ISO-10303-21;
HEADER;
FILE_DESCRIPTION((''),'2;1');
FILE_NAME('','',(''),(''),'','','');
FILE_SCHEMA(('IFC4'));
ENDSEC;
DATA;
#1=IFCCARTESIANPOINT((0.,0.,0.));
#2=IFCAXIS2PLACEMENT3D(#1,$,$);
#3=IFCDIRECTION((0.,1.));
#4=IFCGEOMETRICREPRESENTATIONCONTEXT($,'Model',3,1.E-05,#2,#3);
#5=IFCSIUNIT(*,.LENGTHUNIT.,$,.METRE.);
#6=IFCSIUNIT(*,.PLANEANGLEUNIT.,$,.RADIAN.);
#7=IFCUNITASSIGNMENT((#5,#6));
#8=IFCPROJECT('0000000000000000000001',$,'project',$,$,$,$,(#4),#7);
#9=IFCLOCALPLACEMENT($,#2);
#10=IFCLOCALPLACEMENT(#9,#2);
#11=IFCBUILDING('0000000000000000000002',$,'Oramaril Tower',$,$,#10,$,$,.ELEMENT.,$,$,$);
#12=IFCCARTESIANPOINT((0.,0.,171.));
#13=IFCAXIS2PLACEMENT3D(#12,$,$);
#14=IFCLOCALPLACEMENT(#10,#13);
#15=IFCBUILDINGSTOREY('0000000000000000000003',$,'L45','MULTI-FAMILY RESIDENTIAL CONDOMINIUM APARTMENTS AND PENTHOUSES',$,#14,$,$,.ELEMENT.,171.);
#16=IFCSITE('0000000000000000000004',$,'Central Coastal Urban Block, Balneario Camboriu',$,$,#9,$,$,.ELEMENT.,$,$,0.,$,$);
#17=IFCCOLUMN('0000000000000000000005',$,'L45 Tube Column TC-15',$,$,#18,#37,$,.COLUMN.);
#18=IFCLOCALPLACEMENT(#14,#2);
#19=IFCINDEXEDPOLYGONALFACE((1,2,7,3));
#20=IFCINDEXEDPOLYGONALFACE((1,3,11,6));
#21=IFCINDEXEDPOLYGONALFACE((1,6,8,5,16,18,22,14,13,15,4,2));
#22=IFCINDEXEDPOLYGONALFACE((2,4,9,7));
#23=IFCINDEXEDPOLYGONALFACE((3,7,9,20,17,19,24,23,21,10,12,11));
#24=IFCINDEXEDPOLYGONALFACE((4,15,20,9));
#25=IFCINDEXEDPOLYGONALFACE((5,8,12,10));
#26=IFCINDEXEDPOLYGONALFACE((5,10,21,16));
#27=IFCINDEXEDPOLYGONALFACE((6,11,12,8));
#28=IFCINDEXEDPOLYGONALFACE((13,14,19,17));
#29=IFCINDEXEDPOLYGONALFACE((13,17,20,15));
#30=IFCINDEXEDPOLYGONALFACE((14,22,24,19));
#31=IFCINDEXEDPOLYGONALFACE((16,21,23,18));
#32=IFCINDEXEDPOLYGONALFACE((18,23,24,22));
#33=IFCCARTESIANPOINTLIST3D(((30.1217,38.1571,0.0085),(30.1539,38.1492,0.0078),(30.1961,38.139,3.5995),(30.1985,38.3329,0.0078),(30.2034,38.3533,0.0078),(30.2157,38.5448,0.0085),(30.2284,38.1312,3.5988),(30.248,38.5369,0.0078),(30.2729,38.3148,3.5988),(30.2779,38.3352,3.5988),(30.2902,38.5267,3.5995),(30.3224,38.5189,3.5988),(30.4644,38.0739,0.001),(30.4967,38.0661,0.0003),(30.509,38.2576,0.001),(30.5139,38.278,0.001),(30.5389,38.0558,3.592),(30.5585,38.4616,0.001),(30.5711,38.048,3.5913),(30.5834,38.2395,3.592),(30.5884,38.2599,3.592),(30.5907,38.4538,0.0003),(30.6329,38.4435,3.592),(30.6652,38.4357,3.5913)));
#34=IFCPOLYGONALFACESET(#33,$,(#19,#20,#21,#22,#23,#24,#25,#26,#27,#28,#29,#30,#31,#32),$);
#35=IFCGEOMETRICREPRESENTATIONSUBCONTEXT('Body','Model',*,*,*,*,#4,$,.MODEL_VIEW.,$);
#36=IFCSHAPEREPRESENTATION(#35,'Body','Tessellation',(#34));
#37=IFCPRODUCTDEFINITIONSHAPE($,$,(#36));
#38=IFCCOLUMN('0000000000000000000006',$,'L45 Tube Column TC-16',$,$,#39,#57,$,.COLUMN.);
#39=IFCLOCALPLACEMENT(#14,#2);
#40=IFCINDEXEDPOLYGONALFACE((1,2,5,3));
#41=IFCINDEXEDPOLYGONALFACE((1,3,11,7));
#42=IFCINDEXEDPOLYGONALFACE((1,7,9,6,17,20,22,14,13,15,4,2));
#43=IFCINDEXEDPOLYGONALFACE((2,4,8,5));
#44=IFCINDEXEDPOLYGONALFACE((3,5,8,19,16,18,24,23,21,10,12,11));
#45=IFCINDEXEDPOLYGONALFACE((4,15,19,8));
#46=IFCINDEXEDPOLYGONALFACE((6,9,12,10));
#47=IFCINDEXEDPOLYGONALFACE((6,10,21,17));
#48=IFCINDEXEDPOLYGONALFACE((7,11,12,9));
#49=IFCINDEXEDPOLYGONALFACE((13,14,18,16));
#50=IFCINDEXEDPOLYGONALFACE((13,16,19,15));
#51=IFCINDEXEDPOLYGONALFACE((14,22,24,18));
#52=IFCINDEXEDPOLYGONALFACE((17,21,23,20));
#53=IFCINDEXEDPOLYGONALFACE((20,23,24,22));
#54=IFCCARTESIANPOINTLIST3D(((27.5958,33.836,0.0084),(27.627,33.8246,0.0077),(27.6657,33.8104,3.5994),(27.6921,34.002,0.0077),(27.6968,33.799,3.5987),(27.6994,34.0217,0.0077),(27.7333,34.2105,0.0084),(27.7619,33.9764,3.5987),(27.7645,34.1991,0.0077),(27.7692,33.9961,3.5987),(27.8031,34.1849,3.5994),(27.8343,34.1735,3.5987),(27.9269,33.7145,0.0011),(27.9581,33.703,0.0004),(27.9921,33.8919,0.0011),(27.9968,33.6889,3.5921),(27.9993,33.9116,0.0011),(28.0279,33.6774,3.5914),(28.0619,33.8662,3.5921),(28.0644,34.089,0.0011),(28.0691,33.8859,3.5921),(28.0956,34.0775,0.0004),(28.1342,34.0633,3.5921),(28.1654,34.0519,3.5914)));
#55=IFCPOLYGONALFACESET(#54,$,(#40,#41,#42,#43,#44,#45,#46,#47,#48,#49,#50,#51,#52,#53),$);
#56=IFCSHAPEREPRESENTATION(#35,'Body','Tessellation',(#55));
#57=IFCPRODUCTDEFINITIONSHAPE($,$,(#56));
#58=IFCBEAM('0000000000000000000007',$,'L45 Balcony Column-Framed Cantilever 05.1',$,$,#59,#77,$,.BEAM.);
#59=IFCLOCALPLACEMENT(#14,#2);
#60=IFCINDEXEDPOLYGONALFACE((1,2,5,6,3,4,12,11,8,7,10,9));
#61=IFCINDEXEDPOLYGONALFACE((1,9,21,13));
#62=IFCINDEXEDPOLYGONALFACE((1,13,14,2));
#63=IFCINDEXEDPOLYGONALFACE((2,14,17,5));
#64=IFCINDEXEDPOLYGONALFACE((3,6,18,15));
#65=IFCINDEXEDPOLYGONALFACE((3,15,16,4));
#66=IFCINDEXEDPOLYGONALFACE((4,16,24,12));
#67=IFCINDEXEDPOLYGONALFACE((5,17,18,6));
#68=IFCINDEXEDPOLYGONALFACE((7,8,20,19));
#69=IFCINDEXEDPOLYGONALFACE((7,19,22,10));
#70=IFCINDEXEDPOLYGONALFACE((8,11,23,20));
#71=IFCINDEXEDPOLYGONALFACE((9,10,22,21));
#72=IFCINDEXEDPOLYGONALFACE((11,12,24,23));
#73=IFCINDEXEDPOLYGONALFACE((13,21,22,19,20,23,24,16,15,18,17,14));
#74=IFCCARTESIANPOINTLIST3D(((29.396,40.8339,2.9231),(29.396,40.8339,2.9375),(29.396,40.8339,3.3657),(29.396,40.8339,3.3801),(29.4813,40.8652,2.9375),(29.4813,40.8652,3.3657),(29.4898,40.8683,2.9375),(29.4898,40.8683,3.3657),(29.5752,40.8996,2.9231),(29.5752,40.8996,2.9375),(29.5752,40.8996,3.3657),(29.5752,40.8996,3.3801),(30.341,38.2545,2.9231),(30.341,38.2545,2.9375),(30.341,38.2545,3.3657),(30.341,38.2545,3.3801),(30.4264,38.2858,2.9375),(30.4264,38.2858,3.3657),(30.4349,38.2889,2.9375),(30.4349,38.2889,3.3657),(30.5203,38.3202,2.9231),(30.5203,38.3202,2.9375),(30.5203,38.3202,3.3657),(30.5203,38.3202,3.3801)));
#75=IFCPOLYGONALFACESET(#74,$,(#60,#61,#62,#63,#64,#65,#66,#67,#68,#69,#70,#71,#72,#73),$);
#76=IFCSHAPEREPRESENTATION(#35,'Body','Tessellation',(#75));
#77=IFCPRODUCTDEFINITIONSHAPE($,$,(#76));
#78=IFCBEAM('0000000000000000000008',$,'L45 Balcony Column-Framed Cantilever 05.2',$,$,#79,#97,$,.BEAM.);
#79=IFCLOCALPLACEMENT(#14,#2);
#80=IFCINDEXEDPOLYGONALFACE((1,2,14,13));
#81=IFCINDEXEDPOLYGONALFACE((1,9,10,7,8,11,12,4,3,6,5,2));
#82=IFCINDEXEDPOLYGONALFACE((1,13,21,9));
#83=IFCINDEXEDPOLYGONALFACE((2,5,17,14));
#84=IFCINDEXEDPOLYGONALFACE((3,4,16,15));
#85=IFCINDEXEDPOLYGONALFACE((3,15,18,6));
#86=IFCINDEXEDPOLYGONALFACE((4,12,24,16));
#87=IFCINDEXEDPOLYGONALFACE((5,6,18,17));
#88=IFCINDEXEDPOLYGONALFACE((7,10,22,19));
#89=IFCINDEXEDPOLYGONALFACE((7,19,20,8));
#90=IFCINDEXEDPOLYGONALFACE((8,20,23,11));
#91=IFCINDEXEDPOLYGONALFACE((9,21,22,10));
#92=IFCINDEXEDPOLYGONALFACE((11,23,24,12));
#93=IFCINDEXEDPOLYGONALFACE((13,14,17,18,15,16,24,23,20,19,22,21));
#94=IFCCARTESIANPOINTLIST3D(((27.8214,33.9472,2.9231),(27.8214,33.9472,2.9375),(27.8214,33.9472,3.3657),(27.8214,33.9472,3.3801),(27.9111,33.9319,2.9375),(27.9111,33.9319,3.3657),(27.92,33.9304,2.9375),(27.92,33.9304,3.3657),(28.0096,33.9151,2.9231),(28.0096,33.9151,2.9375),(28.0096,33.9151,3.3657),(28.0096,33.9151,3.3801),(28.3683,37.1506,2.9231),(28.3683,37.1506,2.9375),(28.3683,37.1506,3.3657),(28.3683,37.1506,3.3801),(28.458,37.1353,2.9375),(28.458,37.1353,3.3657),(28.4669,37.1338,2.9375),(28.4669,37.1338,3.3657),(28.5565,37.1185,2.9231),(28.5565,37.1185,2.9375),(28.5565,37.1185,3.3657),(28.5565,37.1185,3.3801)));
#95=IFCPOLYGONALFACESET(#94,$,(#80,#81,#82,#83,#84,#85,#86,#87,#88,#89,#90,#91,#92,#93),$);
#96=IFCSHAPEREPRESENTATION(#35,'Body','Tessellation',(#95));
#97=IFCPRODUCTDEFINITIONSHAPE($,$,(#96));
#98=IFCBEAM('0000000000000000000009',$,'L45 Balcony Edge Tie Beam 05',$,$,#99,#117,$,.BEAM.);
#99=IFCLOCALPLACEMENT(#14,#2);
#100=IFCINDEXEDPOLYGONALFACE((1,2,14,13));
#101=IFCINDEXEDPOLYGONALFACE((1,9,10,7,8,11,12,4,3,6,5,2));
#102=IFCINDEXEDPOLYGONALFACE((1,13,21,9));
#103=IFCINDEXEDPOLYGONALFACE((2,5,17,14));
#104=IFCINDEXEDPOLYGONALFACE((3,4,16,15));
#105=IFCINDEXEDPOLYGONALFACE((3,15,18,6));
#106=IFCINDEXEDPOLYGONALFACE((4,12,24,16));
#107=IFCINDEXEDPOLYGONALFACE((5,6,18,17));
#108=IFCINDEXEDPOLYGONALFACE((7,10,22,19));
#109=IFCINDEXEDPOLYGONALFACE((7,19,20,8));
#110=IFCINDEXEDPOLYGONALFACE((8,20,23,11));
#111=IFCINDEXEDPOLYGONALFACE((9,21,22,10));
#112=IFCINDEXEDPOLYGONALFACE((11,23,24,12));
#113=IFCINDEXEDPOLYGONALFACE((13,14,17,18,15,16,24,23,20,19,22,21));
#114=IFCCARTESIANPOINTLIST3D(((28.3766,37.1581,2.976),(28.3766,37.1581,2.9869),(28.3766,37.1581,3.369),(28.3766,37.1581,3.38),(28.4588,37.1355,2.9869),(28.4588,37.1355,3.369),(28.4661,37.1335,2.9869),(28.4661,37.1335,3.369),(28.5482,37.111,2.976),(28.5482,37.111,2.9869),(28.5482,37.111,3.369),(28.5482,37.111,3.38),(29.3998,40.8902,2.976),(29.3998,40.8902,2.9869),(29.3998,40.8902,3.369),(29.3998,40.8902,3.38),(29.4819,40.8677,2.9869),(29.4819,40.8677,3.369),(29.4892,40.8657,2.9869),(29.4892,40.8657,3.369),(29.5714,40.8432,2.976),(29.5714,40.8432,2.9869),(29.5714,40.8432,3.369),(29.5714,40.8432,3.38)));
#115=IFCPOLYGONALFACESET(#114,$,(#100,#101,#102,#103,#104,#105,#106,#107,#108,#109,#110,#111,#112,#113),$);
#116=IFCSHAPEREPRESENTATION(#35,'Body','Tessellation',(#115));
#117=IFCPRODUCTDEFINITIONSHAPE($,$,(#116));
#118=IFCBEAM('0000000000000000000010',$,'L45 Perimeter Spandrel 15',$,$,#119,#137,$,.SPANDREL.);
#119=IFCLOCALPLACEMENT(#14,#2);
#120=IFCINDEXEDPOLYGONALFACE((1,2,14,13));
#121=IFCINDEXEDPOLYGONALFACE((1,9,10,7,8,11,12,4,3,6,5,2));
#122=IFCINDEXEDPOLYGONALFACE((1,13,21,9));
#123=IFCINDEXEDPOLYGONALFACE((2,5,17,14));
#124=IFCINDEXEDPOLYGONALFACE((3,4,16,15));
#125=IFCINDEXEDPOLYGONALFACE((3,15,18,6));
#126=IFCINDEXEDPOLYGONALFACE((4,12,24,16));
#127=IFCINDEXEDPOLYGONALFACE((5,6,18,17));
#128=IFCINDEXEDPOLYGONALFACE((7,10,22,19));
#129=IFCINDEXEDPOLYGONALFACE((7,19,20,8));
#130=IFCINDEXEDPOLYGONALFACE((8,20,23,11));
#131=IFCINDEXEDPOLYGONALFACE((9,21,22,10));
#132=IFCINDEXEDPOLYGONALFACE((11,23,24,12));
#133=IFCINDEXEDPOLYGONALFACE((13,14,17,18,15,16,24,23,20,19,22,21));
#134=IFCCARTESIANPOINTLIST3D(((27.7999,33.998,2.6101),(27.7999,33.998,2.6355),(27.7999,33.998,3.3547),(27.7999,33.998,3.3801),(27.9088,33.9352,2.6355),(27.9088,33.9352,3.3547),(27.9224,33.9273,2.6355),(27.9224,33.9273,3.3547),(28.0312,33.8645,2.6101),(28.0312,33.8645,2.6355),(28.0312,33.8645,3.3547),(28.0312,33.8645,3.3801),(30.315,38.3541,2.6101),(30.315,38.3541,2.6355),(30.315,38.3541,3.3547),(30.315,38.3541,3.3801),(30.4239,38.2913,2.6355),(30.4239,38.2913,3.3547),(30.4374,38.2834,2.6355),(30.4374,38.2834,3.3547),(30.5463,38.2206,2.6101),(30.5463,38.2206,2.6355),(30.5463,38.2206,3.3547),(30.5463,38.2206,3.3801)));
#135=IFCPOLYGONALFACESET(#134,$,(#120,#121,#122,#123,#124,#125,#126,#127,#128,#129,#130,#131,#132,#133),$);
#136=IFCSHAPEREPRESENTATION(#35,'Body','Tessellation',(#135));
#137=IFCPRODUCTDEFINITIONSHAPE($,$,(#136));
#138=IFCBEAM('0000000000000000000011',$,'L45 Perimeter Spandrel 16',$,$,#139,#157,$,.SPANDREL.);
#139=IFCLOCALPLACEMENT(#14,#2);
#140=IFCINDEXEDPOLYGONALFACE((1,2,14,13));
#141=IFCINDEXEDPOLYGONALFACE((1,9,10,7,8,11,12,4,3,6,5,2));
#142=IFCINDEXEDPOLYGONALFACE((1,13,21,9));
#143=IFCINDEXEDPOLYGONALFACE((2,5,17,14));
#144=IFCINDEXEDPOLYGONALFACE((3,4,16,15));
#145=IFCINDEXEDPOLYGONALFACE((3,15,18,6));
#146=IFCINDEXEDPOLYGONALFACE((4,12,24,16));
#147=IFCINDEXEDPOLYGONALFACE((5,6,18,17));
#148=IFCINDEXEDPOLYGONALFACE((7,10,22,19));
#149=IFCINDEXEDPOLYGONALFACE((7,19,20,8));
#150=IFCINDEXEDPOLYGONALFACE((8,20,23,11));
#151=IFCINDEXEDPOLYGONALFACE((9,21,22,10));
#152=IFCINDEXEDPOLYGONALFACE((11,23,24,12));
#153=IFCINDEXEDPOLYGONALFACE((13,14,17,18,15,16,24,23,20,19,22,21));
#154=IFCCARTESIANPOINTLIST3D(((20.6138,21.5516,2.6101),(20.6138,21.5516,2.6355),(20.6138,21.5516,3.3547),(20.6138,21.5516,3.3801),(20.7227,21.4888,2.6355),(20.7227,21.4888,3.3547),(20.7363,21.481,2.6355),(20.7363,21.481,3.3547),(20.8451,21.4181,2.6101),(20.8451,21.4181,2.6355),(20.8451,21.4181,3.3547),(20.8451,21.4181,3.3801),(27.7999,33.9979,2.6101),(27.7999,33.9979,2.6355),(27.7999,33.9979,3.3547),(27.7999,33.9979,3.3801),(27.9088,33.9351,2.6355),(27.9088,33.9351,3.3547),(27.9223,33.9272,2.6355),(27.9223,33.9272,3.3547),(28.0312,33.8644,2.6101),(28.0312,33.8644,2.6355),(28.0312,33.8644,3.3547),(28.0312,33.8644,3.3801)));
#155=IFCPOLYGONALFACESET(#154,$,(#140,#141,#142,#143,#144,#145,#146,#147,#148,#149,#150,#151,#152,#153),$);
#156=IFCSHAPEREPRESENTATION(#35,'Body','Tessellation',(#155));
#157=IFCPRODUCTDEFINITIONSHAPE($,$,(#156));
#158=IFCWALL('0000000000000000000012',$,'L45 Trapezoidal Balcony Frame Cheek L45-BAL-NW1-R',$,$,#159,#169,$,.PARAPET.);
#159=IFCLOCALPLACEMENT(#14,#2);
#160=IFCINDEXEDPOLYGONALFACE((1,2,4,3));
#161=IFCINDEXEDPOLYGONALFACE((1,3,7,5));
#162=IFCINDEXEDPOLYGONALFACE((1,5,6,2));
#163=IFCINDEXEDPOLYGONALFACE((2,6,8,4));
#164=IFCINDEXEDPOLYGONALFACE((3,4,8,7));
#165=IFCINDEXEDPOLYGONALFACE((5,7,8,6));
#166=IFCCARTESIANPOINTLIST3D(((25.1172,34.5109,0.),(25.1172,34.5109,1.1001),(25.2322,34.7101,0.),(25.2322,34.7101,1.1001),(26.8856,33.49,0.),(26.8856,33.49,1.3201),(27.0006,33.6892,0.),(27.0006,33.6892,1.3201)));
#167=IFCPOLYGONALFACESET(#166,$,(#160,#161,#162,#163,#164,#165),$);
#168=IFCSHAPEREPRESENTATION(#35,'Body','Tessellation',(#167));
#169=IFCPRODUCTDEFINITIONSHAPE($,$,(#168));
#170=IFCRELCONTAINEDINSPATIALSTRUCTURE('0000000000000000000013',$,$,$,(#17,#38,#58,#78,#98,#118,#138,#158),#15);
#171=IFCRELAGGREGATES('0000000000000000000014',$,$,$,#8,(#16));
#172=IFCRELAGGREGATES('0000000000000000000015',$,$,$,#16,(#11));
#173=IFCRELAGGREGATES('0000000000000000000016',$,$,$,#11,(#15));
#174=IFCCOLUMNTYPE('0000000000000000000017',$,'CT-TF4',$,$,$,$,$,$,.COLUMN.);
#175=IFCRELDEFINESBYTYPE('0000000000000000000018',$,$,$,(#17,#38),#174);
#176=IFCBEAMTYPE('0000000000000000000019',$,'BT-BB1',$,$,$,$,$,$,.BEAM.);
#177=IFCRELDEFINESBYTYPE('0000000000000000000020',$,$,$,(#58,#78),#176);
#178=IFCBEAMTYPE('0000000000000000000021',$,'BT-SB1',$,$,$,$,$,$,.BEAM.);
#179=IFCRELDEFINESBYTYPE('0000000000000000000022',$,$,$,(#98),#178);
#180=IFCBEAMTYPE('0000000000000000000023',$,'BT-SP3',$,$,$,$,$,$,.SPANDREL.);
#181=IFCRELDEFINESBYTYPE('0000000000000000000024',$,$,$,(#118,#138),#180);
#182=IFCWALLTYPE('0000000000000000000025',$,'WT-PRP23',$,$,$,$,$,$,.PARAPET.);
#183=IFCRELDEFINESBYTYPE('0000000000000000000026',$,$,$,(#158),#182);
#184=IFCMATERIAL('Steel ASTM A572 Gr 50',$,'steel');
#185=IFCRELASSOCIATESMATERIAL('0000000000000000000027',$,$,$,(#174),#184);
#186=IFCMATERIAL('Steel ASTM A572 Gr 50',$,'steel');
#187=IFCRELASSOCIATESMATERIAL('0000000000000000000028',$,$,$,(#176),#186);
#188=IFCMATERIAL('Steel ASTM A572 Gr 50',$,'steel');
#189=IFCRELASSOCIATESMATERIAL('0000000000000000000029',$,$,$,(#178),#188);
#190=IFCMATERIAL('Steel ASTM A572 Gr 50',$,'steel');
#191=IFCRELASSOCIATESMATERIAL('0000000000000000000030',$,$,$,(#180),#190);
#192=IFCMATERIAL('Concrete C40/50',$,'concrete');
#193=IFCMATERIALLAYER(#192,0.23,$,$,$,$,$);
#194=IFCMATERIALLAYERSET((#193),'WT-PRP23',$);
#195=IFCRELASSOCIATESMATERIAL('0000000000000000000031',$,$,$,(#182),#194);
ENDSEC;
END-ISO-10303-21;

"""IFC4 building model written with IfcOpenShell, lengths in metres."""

from ifc_helpers import new_model, si_unit, direction, frame, origin, origin_2d, place, context, subcontext, project, spatial, polyline, i_section, outline, extrude, material, layer, layer_set, material_profile, profile_set, type_object, element, save


model = new_model("IFC4")

# Units and contexts
model_context = context("Model", 3, precision=1e-05, world=origin(), true_north=direction((0.0, 1.0)))
body_context = subcontext(model_context, "Body", "Model", "MODEL_VIEW")
ifc_project = project(units=[si_unit("LENGTHUNIT", "METRE"), si_unit("PLANEANGLEUNIT", "RADIAN")], contexts=[model_context])

# Site, building, storey
site_placement = place(None, origin())
site = spatial("IfcSite", under=ifc_project, at=site_placement, Name="Central Coastal Urban Block, Balneario Camboriu", CompositionType="ELEMENT", RefElevation=0.0)
building_placement = place(site_placement, origin())
building = spatial("IfcBuilding", under=site, at=building_placement, Name="Oramaril Tower", CompositionType="ELEMENT")
storey_placement = place(building_placement, frame((0.0, 0.0, 171.0)))
storey = spatial("IfcBuildingStorey", under=building, at=storey_placement, Name="L45", Description="MULTI-FAMILY RESIDENTIAL CONDOMINIUM APARTMENTS AND PENTHOUSES", CompositionType="ELEMENT", Elevation=171.0)

# Columns
ifc_material_1 = material(Name="Steel ASTM A572 Gr 50", Category="steel")
ifc_material_profile_1 = material_profile(ifc_material_1, i_section(OverallWidth=0.3989, OverallDepth=0.386, WebThickness=0.021, FlangeThickness=0.0332, at=origin_2d()), Name="W14X176")
ifc_profile_set_1 = profile_set([ifc_material_profile_1], Name="Steel ASTM A572 Gr 50")
column_type = type_object("IfcColumnType", Name="CT-TF4", PredefinedType="COLUMN", material=ifc_profile_set_1)
for number, where, z_axis, x_axis, name in (
    (1, (30.3562, 38.3054, 0.0044), (0.020731, -0.00503, 0.999772), (0.235782, 0.971806, 0.0), "L45 Tube Column TC-15"),
    (2, (27.8457, 33.9568, 0.0044), (0.01944, -0.007137, 0.999786), (0.34464, 0.938735, 0.0), "L45 Tube Column TC-16"),
):
    element("IfcColumn", number, at=place(storey_placement, frame(where, z_axis=z_axis, x_axis=x_axis)), inside=storey, type_object=column_type, Name=name, PredefinedType="COLUMN", context=body_context, shape_type="SweptSolid", body=[
        extrude(i_section(OverallWidth=0.3989, OverallDepth=0.386, WebThickness=0.021, FlangeThickness=0.0332, at=origin_2d()), origin(), (0.0, 0.0, 1.0), 3.5918),
    ])

# Beams
ifc_material_2 = material(Name="Steel ASTM A572 Gr 50", Category="steel")
ifc_material_profile_2 = material_profile(ifc_material_2, i_section(OverallWidth=0.1909, OverallDepth=0.457, WebThickness=0.009, FlangeThickness=0.0144, at=origin_2d()), Name="W18X50")
ifc_profile_set_2 = profile_set([ifc_material_profile_2], Name="Steel ASTM A572 Gr 50")
beam_type_1 = type_object("IfcBeamType", Name="BT-BB1", PredefinedType="BEAM", material=ifc_profile_set_2)
beam_1_placement = place(storey_placement, frame((30.4307, 38.2874, 3.1516), z_axis=(-0.344033, 0.938958, 0.0), x_axis=(-0.938958, -0.344033, 0.0)))
element("IfcBeam", 3, at=beam_1_placement, inside=storey, type_object=beam_type_1, Name="L45 Balcony Column-Framed Cantilever 05.1", PredefinedType="BEAM", context=body_context, shape_type="SweptSolid", body=[
    extrude(i_section(OverallWidth=0.1909, OverallDepth=0.457, WebThickness=0.009, FlangeThickness=0.0144, at=origin_2d()), origin(), (0.0, 0.0, 1.0), 2.7471),
])
beam_2_placement = place(storey_placement, frame((27.9155, 33.9312, 3.1516), z_axis=(0.168284, 0.985739, 0.0), x_axis=(-0.985739, 0.168284, 0.0)))
element("IfcBeam", 4, at=beam_2_placement, inside=storey, type_object=beam_type_1, Name="L45 Balcony Column-Framed Cantilever 05.2", PredefinedType="BEAM", context=body_context, shape_type="SweptSolid", body=[
    extrude(i_section(OverallWidth=0.1909, OverallDepth=0.457, WebThickness=0.009, FlangeThickness=0.0144, at=origin_2d()), origin(), (0.0, 0.0, 1.0), 3.2498),
])
ifc_material_3 = material(Name="Steel ASTM A572 Gr 50", Category="steel")
ifc_material_profile_3 = material_profile(ifc_material_3, i_section(OverallWidth=0.178, OverallDepth=0.4041, WebThickness=0.0076, FlangeThickness=0.011, at=origin_2d()), Name="W16X36")
ifc_profile_set_3 = profile_set([ifc_material_profile_3], Name="Steel ASTM A572 Gr 50")
beam_type_2 = type_object("IfcBeamType", Name="BT-SB1", PredefinedType="BEAM", material=ifc_profile_set_3)
beam_3_placement = place(storey_placement, frame((29.4856, 40.8667, 3.178), z_axis=(-0.264398, -0.964414, 0.0), x_axis=(0.964414, -0.264398, 0.0)))
element("IfcBeam", 5, at=beam_3_placement, inside=storey, type_object=beam_type_2, Name="L45 Balcony Edge Tie Beam 05", PredefinedType="BEAM", context=body_context, shape_type="SweptSolid", body=[
    extrude(i_section(OverallWidth=0.178, OverallDepth=0.4041, WebThickness=0.0076, FlangeThickness=0.011, at=origin_2d()), origin(), (0.0, 0.0, 1.0), 3.8699),
])
ifc_material_4 = material(Name="Steel ASTM A572 Gr 50", Category="steel")
ifc_material_profile_4 = material_profile(ifc_material_4, i_section(OverallWidth=0.2671, OverallDepth=0.77, WebThickness=0.0156, FlangeThickness=0.0254, at=origin_2d()), Name="W30X132")
ifc_profile_set_4 = profile_set([ifc_material_profile_4], Name="Steel ASTM A572 Gr 50")
beam_type_3 = type_object("IfcBeamType", Name="BT-SP3", PredefinedType="SPANDREL", material=ifc_profile_set_4)
beam_4_placement = place(storey_placement, frame((30.4307, 38.2874, 2.9951), z_axis=(-0.500012, -0.866018, 0.0), x_axis=(0.866018, -0.500012, 0.0)))
element("IfcBeam", 6, at=beam_4_placement, inside=storey, type_object=beam_type_3, Name="L45 Perimeter Spandrel 15", PredefinedType="SPANDREL", context=body_context, shape_type="SweptSolid", body=[
    extrude(i_section(OverallWidth=0.2671, OverallDepth=0.77, WebThickness=0.0156, FlangeThickness=0.0254, at=origin_2d()), origin(), (0.0, 0.0, 1.0), 5.03),
])
beam_5_placement = place(storey_placement, frame((27.9155, 33.9312, 2.9951), z_axis=(-0.500009, -0.86602, 0.0), x_axis=(0.86602, -0.500009, 0.0)))
element("IfcBeam", 7, at=beam_5_placement, inside=storey, type_object=beam_type_3, Name="L45 Perimeter Spandrel 16", PredefinedType="SPANDREL", context=body_context, shape_type="SweptSolid", body=[
    extrude(i_section(OverallWidth=0.2671, OverallDepth=0.77, WebThickness=0.0156, FlangeThickness=0.0254, at=origin_2d()), origin(), (0.0, 0.0, 1.0), 14.3718),
])

# Wall
ifc_material_5 = material(Name="Concrete C40/50", Category="concrete")
ifc_layer_1 = layer(ifc_material_5, 0.23)
ifc_layer_set_1 = layer_set([ifc_layer_1], Name="WT-PRP23")
wall_type_1 = type_object("IfcWallType", Name="WT-PRP23", PredefinedType="PARAPET", material=ifc_layer_set_1)
wall_1_placement = place(storey_placement, frame((26.9431, 33.5896, 0.0), z_axis=(0.0, 0.0, 1.0), x_axis=(-0.866042, 0.499971, 0.0)))
element("IfcWall", 8, at=wall_1_placement, inside=storey, type_object=wall_type_1, Name="L45 Trapezoidal Balcony Frame Cheek L45-BAL-NW1-R", PredefinedType="PARAPET", context=body_context, shape_type="SweptSolid", body=[
    extrude(outline(polyline([(0.0, 0.0), (2.042, 0.0), (2.042, 1.1001), (0.0, 1.3201), (0.0, 0.0)])), frame((0.0, 0.115, 0.0), z_axis=(0.0, -1.0, 0.0), x_axis=(1.0, 0.0, 0.0)), (0.0, 0.0, 1.0), 0.23),
])

save(model, "model.ifc")
